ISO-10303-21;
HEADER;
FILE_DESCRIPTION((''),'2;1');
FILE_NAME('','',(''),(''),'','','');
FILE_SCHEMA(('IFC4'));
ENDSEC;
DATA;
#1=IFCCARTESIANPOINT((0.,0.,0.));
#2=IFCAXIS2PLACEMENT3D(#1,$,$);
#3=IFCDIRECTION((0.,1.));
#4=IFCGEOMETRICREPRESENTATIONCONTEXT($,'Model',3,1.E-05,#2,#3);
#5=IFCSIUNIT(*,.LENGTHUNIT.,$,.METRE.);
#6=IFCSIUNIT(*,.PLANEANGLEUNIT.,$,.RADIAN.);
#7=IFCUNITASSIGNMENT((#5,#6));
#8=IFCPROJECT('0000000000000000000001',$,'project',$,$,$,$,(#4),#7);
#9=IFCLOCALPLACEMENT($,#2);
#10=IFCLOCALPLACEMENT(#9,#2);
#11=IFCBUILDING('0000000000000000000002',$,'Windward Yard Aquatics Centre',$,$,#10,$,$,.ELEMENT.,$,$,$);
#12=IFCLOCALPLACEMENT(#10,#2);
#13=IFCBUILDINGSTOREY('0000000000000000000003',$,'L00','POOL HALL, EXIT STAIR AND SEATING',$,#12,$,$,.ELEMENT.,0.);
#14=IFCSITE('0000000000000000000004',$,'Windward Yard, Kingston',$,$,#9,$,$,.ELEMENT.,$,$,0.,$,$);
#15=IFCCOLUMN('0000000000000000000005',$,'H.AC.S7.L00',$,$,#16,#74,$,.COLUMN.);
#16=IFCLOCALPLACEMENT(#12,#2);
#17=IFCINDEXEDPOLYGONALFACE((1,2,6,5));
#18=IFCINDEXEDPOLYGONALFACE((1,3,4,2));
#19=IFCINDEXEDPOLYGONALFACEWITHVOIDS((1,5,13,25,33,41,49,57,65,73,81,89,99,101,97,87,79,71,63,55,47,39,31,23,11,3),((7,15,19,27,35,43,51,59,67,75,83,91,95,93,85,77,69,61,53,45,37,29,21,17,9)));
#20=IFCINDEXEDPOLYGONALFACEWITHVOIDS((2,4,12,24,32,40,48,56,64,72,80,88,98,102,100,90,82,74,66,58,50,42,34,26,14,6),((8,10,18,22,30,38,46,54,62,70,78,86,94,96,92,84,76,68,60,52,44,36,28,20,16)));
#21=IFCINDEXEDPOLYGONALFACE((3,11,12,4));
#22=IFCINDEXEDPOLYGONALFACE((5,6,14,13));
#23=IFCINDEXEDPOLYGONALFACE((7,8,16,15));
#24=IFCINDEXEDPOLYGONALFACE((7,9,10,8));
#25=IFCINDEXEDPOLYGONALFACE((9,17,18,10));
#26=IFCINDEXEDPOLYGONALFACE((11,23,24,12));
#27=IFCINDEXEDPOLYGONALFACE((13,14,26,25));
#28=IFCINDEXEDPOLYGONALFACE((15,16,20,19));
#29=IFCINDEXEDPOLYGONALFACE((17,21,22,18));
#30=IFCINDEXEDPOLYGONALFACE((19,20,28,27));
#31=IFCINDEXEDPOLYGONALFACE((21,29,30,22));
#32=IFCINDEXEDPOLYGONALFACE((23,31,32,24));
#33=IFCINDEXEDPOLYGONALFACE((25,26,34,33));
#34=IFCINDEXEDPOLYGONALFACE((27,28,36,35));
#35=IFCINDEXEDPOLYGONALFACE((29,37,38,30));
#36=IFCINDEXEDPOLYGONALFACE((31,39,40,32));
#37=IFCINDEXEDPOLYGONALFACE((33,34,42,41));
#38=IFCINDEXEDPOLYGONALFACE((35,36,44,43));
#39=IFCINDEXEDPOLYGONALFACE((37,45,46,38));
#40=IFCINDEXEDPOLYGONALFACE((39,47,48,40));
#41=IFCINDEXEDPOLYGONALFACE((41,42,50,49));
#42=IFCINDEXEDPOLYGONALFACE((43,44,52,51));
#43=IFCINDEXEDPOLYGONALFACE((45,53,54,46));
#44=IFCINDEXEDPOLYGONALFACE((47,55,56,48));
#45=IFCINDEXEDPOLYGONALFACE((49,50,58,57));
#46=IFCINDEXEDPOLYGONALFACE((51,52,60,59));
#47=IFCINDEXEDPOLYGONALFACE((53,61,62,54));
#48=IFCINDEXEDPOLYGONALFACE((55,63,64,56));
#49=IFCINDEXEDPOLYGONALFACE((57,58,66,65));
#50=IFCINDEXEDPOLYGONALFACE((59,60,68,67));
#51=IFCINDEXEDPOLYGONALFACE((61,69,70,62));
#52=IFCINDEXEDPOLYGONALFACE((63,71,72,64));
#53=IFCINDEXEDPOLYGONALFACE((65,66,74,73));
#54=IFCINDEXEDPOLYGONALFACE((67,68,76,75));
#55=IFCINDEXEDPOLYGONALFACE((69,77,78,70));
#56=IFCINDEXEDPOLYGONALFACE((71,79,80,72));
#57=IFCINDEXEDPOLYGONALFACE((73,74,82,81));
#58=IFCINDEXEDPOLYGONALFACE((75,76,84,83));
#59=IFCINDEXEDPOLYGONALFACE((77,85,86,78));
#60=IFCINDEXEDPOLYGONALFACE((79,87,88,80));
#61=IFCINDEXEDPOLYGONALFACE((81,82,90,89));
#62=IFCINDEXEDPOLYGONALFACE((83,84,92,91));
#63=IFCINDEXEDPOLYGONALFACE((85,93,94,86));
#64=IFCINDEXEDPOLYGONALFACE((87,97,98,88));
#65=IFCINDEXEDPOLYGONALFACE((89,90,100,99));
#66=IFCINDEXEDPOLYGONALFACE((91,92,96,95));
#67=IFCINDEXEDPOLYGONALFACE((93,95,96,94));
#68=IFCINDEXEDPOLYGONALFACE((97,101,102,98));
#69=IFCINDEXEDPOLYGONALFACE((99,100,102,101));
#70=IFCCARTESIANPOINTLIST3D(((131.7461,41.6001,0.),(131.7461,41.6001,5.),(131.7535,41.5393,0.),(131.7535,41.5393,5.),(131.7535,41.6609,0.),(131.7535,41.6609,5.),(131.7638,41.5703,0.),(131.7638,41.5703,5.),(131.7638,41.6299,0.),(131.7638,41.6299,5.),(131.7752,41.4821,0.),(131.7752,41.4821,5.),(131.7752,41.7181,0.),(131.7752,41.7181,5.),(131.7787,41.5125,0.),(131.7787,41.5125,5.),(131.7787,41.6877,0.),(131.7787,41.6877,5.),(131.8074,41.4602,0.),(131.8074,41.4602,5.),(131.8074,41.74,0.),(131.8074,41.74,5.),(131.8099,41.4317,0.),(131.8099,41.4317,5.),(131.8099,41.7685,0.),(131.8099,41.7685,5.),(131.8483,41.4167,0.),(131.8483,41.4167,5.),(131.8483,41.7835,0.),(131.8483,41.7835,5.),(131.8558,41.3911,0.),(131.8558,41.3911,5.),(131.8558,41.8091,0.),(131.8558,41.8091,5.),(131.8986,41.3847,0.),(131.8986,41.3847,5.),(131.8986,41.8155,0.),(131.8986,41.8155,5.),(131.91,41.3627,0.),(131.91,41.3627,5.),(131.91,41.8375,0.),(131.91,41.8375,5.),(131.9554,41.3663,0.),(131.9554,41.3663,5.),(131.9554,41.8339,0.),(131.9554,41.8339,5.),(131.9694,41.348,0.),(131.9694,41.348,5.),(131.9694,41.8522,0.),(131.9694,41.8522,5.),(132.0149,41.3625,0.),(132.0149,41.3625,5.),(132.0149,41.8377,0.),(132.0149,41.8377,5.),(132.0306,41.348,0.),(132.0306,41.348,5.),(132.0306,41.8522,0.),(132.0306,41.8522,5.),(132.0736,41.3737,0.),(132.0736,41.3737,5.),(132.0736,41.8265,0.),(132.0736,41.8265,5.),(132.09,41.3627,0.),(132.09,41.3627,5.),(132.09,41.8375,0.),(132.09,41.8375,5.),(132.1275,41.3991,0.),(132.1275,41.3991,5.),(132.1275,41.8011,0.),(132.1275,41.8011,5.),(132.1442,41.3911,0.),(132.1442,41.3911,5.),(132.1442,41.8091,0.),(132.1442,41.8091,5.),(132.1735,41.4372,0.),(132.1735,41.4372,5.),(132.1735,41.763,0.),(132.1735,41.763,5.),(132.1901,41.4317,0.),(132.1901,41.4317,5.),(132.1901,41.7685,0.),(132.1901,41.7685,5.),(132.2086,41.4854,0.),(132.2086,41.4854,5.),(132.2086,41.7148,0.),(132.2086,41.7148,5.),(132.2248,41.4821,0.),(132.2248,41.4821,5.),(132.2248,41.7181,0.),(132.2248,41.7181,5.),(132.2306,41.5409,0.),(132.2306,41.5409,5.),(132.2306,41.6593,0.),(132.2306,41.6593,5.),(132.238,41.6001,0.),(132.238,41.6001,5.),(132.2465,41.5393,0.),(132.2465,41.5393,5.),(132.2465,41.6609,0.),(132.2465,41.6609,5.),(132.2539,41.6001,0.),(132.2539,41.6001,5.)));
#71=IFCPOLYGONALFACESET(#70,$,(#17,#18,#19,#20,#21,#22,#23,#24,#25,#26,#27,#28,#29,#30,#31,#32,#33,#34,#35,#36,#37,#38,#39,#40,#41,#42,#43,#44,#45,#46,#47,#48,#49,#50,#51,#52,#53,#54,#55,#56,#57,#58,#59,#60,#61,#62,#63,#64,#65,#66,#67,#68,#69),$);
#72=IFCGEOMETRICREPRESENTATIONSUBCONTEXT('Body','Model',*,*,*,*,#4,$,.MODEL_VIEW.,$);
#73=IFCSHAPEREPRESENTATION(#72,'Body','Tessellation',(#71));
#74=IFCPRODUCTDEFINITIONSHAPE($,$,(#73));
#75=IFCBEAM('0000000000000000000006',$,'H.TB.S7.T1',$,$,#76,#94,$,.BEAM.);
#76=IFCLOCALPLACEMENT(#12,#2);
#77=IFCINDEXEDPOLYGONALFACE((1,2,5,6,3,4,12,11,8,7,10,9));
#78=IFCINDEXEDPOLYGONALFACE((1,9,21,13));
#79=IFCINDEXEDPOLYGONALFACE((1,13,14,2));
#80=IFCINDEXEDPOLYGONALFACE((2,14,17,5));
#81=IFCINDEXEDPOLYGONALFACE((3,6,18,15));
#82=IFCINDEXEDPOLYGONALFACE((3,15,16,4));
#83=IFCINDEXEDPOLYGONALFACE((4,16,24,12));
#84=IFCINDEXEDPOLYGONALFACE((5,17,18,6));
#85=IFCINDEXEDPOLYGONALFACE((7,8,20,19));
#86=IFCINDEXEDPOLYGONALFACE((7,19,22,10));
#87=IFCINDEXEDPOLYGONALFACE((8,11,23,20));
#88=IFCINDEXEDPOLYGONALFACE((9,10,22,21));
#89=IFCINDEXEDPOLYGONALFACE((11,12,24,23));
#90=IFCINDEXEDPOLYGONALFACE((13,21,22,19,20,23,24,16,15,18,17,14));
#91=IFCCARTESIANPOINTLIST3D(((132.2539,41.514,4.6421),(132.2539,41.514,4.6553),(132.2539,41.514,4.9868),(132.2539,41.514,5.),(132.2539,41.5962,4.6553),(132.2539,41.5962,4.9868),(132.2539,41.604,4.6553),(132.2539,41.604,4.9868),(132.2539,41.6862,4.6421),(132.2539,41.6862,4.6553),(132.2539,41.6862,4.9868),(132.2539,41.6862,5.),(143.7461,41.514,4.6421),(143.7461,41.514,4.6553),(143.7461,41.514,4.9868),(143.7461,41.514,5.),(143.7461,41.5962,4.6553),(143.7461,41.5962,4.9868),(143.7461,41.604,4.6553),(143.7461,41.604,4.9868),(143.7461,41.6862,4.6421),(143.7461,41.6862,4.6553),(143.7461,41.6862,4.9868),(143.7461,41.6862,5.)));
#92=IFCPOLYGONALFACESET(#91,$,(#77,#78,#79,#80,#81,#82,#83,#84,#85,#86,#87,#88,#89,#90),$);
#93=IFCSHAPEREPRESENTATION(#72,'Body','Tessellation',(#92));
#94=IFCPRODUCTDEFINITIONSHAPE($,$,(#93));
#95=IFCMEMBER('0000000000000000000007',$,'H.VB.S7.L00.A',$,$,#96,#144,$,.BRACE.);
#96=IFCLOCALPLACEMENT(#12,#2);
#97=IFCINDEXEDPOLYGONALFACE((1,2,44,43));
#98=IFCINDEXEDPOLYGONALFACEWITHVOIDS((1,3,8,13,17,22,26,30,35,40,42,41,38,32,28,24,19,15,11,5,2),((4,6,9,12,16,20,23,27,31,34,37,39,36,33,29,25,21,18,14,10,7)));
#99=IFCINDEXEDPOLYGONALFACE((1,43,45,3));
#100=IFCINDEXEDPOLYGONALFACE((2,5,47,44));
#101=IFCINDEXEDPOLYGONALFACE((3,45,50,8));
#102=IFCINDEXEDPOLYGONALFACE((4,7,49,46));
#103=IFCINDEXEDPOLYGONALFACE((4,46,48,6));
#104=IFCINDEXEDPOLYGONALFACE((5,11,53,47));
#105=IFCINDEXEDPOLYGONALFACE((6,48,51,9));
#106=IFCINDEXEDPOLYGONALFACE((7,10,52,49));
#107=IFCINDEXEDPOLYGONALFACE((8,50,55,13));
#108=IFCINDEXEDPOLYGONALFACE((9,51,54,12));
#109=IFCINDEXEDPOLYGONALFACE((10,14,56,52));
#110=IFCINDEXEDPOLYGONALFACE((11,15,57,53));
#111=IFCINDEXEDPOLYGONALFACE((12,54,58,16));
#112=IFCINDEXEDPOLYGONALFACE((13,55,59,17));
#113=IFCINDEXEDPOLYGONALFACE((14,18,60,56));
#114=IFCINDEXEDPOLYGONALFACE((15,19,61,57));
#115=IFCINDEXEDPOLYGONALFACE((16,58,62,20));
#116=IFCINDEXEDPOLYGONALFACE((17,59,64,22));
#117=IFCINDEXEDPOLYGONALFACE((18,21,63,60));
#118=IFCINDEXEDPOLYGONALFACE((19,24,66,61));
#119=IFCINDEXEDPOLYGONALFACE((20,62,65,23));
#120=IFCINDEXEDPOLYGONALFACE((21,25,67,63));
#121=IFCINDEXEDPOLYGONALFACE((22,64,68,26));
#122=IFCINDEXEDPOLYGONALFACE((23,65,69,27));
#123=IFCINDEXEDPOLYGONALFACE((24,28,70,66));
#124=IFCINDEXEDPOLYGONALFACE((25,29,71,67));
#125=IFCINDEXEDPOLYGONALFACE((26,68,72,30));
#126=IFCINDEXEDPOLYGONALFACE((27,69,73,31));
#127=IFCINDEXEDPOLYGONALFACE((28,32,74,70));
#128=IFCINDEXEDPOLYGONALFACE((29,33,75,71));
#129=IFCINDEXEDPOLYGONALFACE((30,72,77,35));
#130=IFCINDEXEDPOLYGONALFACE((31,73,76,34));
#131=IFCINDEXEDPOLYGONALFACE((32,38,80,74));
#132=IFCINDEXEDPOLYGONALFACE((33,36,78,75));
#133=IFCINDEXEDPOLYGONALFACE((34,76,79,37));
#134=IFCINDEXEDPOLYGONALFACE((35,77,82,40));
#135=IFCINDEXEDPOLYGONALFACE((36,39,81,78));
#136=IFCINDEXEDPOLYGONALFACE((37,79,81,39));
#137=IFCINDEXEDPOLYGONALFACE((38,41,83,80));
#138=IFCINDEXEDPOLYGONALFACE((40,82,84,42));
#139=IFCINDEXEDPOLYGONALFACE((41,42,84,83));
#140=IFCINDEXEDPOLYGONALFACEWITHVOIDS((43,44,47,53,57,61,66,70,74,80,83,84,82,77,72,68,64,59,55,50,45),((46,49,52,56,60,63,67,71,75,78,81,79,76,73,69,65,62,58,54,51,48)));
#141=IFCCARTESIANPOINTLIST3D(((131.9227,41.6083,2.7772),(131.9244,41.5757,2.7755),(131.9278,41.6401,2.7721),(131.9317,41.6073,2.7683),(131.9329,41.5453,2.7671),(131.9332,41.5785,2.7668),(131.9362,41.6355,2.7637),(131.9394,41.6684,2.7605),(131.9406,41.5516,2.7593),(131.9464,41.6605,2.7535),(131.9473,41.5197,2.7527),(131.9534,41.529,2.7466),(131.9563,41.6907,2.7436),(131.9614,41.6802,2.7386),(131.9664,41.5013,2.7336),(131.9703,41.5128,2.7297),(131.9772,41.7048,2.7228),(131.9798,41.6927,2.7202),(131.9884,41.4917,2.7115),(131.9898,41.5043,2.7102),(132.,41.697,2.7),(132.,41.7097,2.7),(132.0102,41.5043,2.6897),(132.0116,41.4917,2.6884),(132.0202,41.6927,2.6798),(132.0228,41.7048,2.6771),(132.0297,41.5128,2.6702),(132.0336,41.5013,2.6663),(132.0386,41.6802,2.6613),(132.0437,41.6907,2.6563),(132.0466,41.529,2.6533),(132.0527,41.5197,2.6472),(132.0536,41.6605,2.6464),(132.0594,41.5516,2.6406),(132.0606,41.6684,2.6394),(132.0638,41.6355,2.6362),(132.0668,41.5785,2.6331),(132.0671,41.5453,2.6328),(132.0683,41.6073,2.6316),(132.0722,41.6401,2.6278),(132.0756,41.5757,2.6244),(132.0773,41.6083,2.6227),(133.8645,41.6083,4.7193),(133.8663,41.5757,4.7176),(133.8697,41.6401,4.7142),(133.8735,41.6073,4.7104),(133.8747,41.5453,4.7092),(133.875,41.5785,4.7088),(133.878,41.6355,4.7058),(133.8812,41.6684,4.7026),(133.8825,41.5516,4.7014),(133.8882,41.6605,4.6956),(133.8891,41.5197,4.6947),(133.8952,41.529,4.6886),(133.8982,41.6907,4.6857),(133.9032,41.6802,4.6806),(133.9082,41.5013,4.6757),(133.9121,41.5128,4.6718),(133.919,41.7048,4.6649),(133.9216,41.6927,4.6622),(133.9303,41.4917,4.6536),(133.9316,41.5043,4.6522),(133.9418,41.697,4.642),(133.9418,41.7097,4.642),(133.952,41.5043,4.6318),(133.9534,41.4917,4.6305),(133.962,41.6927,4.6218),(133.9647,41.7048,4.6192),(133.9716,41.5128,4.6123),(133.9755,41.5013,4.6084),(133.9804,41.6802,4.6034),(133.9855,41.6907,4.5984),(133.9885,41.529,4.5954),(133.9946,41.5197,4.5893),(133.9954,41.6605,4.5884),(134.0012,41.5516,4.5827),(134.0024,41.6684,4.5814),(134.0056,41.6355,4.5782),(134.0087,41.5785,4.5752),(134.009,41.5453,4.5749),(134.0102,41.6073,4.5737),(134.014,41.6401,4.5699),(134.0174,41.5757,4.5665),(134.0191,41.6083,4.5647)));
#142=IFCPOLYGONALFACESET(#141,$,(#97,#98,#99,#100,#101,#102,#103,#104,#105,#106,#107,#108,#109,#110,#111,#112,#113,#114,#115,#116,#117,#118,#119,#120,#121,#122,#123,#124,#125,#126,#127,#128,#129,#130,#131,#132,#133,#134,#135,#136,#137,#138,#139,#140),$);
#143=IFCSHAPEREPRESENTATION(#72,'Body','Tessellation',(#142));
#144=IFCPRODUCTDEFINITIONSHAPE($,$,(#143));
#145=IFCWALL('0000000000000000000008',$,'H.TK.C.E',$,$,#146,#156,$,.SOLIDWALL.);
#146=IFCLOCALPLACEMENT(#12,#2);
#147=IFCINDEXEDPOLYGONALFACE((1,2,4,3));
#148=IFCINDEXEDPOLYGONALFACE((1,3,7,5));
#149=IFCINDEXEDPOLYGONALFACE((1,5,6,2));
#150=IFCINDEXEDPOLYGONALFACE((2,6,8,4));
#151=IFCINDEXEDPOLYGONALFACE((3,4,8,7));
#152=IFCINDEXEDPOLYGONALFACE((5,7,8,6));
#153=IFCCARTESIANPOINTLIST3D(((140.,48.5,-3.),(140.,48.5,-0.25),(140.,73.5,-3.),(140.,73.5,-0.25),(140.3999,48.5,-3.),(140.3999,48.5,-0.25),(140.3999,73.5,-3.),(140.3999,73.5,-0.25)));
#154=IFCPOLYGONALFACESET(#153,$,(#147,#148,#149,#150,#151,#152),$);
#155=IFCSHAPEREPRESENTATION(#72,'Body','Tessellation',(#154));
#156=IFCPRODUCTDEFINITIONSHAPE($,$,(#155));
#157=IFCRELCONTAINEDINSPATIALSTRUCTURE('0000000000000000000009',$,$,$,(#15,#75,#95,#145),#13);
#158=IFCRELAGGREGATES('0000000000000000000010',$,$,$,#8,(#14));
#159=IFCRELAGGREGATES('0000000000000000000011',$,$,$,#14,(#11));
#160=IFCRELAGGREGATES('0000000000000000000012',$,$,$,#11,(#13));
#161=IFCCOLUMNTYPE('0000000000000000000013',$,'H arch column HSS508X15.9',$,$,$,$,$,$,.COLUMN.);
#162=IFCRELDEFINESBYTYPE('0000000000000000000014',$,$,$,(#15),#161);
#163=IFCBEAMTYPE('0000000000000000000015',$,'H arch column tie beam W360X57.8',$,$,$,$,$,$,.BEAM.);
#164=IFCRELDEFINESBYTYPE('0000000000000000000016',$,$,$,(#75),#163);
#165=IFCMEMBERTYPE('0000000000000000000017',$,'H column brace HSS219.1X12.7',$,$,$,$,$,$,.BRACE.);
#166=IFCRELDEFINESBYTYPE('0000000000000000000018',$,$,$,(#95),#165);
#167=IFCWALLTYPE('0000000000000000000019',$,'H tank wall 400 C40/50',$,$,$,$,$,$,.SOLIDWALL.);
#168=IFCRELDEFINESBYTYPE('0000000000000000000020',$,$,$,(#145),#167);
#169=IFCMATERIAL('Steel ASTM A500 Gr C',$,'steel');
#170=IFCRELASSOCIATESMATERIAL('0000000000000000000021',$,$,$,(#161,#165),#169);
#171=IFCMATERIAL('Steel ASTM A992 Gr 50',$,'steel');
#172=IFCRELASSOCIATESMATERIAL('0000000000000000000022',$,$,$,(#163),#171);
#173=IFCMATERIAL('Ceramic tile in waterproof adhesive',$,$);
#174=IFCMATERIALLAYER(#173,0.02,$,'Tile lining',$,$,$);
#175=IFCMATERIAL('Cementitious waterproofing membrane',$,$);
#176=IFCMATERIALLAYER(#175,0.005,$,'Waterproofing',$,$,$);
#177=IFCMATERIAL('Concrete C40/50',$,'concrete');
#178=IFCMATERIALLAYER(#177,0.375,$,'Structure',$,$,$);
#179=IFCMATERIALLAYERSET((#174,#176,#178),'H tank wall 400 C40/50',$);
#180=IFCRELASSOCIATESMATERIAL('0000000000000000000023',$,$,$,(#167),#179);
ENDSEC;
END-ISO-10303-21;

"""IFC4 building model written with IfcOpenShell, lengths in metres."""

from ifc_helpers import new_model, si_unit, direction, frame, frame_2d, origin, origin_2d, place, context, subcontext, project, spatial, rectangle, hollow_circle, i_section, extrude, material, layer, layer_set, material_profile, profile_set, type_object, element, save


model = new_model("IFC4")

# Units and contexts
model_context = context("Model", 3, precision=1e-05, world=origin(), true_north=direction((0.0, 1.0)))
body_context = subcontext(model_context, "Body", "Model", "MODEL_VIEW")
ifc_project = project(units=[si_unit("LENGTHUNIT", "METRE"), si_unit("PLANEANGLEUNIT", "RADIAN")], contexts=[model_context])

# Site, building, storey
site_placement = place(None, origin())
site = spatial("IfcSite", under=ifc_project, at=site_placement, Name="Windward Yard, Kingston", CompositionType="ELEMENT", RefElevation=0.0)
building_placement = place(site_placement, origin())
building = spatial("IfcBuilding", under=site, at=building_placement, Name="Windward Yard Aquatics Centre", CompositionType="ELEMENT")
storey_placement = place(building_placement, origin())
storey = spatial("IfcBuildingStorey", under=building, at=storey_placement, Name="L00", Description="POOL HALL, EXIT STAIR AND SEATING", CompositionType="ELEMENT", Elevation=0.0)

# Column
ifc_material_1 = material(Name="Steel ASTM A500 Gr C", Category="steel")
ifc_material_profile_1 = material_profile(ifc_material_1, hollow_circle(Radius=0.2539, WallThickness=0.0159, at=origin_2d()), Name="HSS508X15.9")
ifc_profile_set_1 = profile_set([ifc_material_profile_1], Name="Steel ASTM A500 Gr C")
column_type = type_object("IfcColumnType", Name="H arch column HSS508X15.9", PredefinedType="COLUMN", material=ifc_profile_set_1)
for number, where, z_axis, x_axis, name in (
    (1, (132.0, 41.6001, 0.0), (0.0, 0.0, 1.0), (1.0, 0.0, 0.0), "H.AC.S7.L00"),
):
    element("IfcColumn", number, at=place(storey_placement, frame(where, z_axis=z_axis, x_axis=x_axis)), inside=storey, type_object=column_type, Name=name, PredefinedType="COLUMN", context=body_context, shape_type="SweptSolid", body=[
        extrude(hollow_circle(Radius=0.2539, WallThickness=0.0159, at=origin_2d()), origin(), (0.0, 0.0, 1.0), 5.0),
    ])

# Beam
ifc_material_2 = material(Name="Steel ASTM A992 Gr 50", Category="steel")
ifc_material_profile_2 = material_profile(ifc_material_2, i_section(OverallWidth=0.1721, OverallDepth=0.3579, WebThickness=0.0078, FlangeThickness=0.0132, at=origin_2d()), Name="W360X57.8")
ifc_profile_set_2 = profile_set([ifc_material_profile_2], Name="Steel ASTM A992 Gr 50")
beam_type = type_object("IfcBeamType", Name="H arch column tie beam W360X57.8", PredefinedType="BEAM", material=ifc_profile_set_2)
beam_placement = place(storey_placement, frame((132.2539, 41.6001, 4.821), z_axis=(1.0, 0.0, 0.0), x_axis=(0.0, 1.0, 0.0)))
element("IfcBeam", 2, at=beam_placement, inside=storey, type_object=beam_type, Name="H.TB.S7.T1", PredefinedType="BEAM", context=body_context, shape_type="SweptSolid", body=[
    extrude(i_section(OverallWidth=0.1721, OverallDepth=0.3579, WebThickness=0.0078, FlangeThickness=0.0132, at=origin_2d()), origin(), (0.0, 0.0, 1.0), 11.4922),
])

# Member
ifc_material_profile_3 = material_profile(ifc_material_1, hollow_circle(Radius=0.1096, WallThickness=0.0127, at=origin_2d()), Name="HSS219.1X12.7")
ifc_profile_set_3 = profile_set([ifc_material_profile_3], Name="Steel ASTM A500 Gr C")
member_type = type_object("IfcMemberType", Name="H column brace HSS219.1X12.7", PredefinedType="BRACE", material=ifc_profile_set_3)
member_placement = place(storey_placement, frame((132.0, 41.6001, 2.7), z_axis=(0.707062, 0.0, 0.707151), x_axis=(0.0, 1.0, 0.0)))
element("IfcMember", 3, at=member_placement, inside=storey, type_object=member_type, Name="H.VB.S7.L00.A", PredefinedType="BRACE", context=body_context, shape_type="SweptSolid", body=[
    extrude(hollow_circle(Radius=0.1096, WallThickness=0.0127, at=origin_2d()), origin(), (0.0, 0.0, 1.0), 2.7463),
])

# Wall
ifc_material_3 = material(Name="Ceramic tile in waterproof adhesive")
ifc_layer_1 = layer(ifc_material_3, 0.02, Name="Tile lining")
ifc_material_4 = material(Name="Cementitious waterproofing membrane")
ifc_layer_2 = layer(ifc_material_4, 0.005, Name="Waterproofing")
ifc_material_5 = material(Name="Concrete C40/50", Category="concrete")
ifc_layer_3 = layer(ifc_material_5, 0.375, Name="Structure")
ifc_layer_set_1 = layer_set([ifc_layer_1, ifc_layer_2, ifc_layer_3], Name="H tank wall 400 C40/50")
wall_type = type_object("IfcWallType", Name="H tank wall 400 C40/50", PredefinedType="SOLIDWALL", material=ifc_layer_set_1)
wall_placement = place(storey_placement, frame((140.2, 48.5, -3.0), z_axis=(0.0, 0.0, 1.0), x_axis=(0.0, 1.0, 0.0)))
element("IfcWall", 4, at=wall_placement, inside=storey, type_object=wall_type, Name="H.TK.C.E", PredefinedType="SOLIDWALL", context=body_context, shape_type="SweptSolid", body=[
    extrude(rectangle(XDim=25.0, YDim=0.3999, at=frame_2d((12.5, 0.0))), origin(), (0.0, 0.0, 1.0), 2.75),
])

save(model, "model.ifc")
